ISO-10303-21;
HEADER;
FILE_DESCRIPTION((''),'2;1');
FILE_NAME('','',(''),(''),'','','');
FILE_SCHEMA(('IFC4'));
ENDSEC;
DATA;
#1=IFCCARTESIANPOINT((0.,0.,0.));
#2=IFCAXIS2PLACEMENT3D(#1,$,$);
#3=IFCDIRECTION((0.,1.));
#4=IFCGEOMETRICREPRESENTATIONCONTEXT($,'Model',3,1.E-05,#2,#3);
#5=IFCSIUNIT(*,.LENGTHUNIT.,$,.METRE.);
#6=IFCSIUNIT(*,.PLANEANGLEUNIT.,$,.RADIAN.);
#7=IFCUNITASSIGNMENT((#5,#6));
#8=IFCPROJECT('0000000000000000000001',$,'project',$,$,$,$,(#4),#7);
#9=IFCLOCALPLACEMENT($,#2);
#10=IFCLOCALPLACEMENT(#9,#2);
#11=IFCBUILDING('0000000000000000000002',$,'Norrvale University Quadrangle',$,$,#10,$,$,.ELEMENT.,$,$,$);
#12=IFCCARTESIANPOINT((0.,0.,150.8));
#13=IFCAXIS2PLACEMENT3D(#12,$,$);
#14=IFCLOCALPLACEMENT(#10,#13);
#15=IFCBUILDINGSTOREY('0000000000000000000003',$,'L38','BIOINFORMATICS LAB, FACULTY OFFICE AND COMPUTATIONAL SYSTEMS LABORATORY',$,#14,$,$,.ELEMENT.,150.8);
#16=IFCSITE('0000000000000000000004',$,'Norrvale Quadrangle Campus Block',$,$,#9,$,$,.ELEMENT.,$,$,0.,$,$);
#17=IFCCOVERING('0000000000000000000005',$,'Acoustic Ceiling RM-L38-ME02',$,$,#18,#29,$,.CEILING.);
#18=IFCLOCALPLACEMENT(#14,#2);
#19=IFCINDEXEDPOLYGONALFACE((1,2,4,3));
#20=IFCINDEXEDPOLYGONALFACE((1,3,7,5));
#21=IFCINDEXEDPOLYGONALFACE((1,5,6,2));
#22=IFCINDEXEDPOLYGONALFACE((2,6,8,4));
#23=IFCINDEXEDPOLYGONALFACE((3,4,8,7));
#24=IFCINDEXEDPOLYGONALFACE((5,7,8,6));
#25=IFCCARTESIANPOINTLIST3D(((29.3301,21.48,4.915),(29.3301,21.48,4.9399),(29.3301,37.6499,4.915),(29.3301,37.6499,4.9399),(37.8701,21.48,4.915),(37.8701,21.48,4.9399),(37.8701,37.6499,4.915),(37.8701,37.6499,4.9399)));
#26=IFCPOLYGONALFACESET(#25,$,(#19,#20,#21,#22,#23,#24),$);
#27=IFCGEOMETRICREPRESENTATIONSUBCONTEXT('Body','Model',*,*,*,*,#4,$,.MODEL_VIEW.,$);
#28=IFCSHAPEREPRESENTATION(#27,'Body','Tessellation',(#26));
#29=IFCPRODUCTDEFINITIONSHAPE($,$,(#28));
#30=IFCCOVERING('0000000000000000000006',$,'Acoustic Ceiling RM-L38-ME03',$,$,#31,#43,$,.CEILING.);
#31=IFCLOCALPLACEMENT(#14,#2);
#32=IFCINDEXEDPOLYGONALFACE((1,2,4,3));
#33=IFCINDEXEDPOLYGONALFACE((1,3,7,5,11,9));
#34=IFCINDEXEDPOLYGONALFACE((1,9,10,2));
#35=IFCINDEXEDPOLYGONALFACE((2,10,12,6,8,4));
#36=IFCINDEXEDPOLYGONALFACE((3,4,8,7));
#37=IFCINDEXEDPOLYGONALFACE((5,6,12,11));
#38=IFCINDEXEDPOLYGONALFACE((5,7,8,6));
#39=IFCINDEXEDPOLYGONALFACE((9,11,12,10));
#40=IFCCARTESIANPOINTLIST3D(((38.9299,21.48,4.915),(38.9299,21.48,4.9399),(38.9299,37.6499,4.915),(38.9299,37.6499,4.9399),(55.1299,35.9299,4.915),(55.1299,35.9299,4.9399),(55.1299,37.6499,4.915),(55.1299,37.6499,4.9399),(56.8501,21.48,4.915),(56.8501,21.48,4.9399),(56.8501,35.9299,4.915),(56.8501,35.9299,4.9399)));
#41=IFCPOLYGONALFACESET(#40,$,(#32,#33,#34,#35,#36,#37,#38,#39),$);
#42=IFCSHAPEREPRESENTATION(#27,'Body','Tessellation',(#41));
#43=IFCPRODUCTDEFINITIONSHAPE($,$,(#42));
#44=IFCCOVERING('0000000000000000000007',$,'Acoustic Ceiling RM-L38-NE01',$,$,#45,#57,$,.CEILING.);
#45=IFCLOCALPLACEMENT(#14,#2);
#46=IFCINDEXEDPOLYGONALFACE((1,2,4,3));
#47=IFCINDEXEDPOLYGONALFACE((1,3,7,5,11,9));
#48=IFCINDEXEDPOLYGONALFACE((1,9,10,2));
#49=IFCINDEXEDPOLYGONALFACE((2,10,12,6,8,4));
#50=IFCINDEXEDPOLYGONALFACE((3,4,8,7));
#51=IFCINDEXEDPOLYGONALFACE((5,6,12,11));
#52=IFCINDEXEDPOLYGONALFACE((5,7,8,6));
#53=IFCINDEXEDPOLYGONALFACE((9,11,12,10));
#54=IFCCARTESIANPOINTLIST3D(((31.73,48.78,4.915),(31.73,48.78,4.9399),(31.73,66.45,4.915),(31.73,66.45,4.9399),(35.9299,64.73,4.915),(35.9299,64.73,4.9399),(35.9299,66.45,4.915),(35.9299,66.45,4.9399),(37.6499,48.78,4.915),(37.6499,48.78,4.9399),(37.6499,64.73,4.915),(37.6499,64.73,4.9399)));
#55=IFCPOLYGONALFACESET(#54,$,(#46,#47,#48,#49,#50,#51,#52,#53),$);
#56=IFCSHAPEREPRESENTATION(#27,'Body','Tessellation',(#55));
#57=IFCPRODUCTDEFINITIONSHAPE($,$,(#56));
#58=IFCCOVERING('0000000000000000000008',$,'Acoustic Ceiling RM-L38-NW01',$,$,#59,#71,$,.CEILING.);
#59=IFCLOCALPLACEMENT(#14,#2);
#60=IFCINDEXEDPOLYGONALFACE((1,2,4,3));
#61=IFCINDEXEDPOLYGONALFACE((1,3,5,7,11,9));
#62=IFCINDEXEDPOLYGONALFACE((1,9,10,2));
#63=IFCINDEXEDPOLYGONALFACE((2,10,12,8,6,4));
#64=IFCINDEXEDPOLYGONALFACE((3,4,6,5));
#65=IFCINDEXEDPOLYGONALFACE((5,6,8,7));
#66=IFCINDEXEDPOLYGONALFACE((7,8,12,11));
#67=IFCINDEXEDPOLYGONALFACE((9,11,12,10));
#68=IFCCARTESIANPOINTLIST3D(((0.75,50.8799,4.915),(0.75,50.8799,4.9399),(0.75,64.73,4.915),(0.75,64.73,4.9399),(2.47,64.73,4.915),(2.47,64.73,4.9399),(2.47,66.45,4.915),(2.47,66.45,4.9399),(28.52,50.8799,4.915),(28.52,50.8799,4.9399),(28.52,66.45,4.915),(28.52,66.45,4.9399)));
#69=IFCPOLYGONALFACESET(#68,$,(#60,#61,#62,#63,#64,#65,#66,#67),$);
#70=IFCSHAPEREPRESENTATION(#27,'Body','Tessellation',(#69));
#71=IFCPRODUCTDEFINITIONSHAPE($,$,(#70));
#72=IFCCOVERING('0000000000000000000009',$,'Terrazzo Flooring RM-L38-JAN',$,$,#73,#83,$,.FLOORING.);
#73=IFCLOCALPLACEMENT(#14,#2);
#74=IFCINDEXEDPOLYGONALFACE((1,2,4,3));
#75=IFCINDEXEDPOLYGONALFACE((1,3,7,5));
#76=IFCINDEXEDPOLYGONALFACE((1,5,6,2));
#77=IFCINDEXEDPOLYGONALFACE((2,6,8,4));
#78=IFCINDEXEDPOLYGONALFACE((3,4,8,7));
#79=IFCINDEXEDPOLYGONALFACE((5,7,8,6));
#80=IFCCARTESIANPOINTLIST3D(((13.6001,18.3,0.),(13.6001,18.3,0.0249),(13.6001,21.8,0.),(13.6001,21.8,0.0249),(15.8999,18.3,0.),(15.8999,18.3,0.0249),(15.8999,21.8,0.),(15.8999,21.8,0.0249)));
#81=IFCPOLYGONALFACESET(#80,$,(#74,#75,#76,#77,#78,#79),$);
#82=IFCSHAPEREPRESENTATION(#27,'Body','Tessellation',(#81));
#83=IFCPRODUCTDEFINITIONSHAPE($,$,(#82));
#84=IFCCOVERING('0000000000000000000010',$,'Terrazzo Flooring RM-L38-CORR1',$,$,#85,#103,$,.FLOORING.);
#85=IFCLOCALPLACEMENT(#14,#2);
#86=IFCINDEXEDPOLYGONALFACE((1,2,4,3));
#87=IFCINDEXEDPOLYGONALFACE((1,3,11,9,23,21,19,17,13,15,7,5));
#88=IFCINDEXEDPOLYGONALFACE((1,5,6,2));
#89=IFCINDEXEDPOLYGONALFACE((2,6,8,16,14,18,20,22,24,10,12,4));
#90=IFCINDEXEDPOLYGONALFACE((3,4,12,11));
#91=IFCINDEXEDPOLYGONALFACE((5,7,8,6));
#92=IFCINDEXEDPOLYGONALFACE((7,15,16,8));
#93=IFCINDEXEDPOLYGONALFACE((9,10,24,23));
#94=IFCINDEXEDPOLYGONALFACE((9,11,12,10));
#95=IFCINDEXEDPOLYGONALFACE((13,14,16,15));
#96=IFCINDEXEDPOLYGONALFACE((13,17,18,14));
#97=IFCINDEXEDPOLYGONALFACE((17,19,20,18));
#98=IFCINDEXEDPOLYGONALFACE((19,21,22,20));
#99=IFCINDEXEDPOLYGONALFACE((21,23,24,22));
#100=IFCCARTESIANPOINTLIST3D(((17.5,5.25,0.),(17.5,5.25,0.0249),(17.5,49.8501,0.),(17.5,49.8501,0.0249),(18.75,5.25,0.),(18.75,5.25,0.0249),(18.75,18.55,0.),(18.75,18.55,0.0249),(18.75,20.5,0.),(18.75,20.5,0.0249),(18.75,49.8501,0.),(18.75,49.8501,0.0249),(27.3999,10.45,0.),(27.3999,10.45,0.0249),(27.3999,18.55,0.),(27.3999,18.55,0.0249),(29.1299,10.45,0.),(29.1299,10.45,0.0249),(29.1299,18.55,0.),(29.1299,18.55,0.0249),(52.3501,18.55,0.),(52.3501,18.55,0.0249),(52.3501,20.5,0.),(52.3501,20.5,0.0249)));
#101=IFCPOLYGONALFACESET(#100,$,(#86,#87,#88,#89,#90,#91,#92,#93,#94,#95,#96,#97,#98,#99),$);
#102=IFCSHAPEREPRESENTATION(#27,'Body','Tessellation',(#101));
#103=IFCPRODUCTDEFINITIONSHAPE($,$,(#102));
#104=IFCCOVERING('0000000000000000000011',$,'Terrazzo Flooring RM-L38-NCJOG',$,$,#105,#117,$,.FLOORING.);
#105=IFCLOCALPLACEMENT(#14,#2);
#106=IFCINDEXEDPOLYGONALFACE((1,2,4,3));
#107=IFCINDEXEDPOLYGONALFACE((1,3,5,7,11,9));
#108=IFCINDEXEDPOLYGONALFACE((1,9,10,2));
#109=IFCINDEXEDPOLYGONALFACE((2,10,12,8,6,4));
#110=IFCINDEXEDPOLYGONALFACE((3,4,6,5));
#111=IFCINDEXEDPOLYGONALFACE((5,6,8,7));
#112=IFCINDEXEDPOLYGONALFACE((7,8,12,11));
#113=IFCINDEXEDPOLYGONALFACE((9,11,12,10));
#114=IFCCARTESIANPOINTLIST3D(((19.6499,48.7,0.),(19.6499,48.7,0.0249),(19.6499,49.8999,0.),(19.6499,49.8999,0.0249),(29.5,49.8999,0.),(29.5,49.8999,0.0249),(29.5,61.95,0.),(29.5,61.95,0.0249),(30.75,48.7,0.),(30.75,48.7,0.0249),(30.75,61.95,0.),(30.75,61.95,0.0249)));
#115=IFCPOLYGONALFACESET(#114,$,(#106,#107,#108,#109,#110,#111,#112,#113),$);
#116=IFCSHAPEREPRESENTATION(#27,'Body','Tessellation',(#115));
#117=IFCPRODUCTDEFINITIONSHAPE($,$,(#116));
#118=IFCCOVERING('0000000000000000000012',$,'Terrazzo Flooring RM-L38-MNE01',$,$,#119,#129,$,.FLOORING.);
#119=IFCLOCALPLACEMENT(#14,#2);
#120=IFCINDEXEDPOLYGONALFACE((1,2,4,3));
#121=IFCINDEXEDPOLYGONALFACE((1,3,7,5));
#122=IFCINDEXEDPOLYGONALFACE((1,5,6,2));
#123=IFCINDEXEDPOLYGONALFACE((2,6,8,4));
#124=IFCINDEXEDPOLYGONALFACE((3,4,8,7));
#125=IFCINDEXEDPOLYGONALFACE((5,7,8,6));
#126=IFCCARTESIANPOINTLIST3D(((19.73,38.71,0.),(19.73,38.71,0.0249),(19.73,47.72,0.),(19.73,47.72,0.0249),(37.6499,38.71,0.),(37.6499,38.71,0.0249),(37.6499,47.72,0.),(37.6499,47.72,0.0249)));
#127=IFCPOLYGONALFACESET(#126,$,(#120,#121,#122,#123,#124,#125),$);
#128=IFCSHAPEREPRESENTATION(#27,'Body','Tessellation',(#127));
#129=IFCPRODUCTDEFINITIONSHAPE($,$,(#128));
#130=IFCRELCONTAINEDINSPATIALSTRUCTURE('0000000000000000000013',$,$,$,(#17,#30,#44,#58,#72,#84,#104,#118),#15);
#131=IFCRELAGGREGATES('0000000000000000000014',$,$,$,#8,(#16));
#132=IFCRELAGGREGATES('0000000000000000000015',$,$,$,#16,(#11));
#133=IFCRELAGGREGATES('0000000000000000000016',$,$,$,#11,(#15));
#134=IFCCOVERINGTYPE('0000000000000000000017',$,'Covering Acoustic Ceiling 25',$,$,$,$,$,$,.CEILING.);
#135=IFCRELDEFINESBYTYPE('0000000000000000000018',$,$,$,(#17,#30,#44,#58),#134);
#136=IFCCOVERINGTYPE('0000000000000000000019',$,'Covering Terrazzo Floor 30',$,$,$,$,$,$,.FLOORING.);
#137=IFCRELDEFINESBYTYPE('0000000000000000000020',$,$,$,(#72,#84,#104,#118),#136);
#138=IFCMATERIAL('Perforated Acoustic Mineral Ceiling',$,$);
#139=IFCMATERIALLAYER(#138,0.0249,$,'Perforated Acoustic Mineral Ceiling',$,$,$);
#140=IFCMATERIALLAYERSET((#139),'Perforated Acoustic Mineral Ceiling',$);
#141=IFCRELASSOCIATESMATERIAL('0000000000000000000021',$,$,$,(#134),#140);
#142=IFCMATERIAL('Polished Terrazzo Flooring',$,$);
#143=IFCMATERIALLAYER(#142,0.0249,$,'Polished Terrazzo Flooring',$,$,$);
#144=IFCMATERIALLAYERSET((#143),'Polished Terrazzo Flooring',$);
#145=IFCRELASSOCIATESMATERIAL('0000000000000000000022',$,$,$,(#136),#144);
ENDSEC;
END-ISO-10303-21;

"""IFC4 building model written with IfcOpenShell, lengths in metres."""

from ifc_helpers import new_model, si_unit, direction, frame, origin, place, context, subcontext, project, spatial, polyline, outline, extrude, material, layer, layer_set, type_object, element, save


model = new_model("IFC4")

# Units and contexts
model_context = context("Model", 3, precision=1e-05, world=origin(), true_north=direction((0.0, 1.0)))
body_context = subcontext(model_context, "Body", "Model", "MODEL_VIEW")
ifc_project = project(units=[si_unit("LENGTHUNIT", "METRE"), si_unit("PLANEANGLEUNIT", "RADIAN")], contexts=[model_context])

# Site, building, storey
site_placement = place(None, origin())
site = spatial("IfcSite", under=ifc_project, at=site_placement, Name="Norrvale Quadrangle Campus Block", CompositionType="ELEMENT", RefElevation=0.0)
building_placement = place(site_placement, origin())
building = spatial("IfcBuilding", under=site, at=building_placement, Name="Norrvale University Quadrangle", CompositionType="ELEMENT")
storey_placement = place(building_placement, frame((0.0, 0.0, 150.8)))
storey = spatial("IfcBuildingStorey", under=building, at=storey_placement, Name="L38", Description="BIOINFORMATICS LAB, FACULTY OFFICE AND COMPUTATIONAL SYSTEMS LABORATORY", CompositionType="ELEMENT", Elevation=150.8)

# Coverings
ifc_material_1 = material(Name="Perforated Acoustic Mineral Ceiling")
ifc_layer_1 = layer(ifc_material_1, 0.0249, Name="Perforated Acoustic Mineral Ceiling")
ifc_layer_set_1 = layer_set([ifc_layer_1], Name="Perforated Acoustic Mineral Ceiling")
covering_type_1 = type_object("IfcCoveringType", Name="Covering Acoustic Ceiling 25", PredefinedType="CEILING", material=ifc_layer_set_1)
covering_1_placement = place(storey_placement, frame((0.0, 0.0, 4.915)))
element("IfcCovering", 1, at=covering_1_placement, inside=storey, type_object=covering_type_1, Name="Acoustic Ceiling RM-L38-ME02", PredefinedType="CEILING", context=body_context, shape_type="SweptSolid", body=[
    extrude(outline(polyline([(29.3301, 37.6499), (37.8701, 37.6499), (37.8701, 21.48), (29.3301, 21.48), (29.3301, 37.6499)])), origin(), (0.0, 0.0, 1.0), 0.0249),
])
covering_2_placement = place(storey_placement, frame((0.0, 0.0, 4.915)))
element("IfcCovering", 2, at=covering_2_placement, inside=storey, type_object=covering_type_1, Name="Acoustic Ceiling RM-L38-ME03", PredefinedType="CEILING", context=body_context, shape_type="SweptSolid", body=[
    extrude(outline(polyline([(56.8501, 21.48), (38.9299, 21.48), (38.9299, 37.6499), (55.1299, 37.6499), (55.1299, 35.9299), (56.8501, 35.9299), (56.8501, 21.48)])), origin(), (0.0, 0.0, 1.0), 0.0249),
])
covering_3_placement = place(storey_placement, frame((0.0, 0.0, 4.915)))
element("IfcCovering", 3, at=covering_3_placement, inside=storey, type_object=covering_type_1, Name="Acoustic Ceiling RM-L38-NE01", PredefinedType="CEILING", context=body_context, shape_type="SweptSolid", body=[
    extrude(outline(polyline([(37.6499, 48.78), (31.73, 48.78), (31.73, 66.45), (35.9299, 66.45), (35.9299, 64.73), (37.6499, 64.73), (37.6499, 48.78)])), origin(), (0.0, 0.0, 1.0), 0.0249),
])
covering_4_placement = place(storey_placement, frame((0.0, 0.0, 4.915)))
element("IfcCovering", 4, at=covering_4_placement, inside=storey, type_object=covering_type_1, Name="Acoustic Ceiling RM-L38-NW01", PredefinedType="CEILING", context=body_context, shape_type="SweptSolid", body=[
    extrude(outline(polyline([(28.52, 66.45), (28.52, 50.8799), (0.75, 50.8799), (0.75, 64.73), (2.47, 64.73), (2.47, 66.45), (28.52, 66.45)])), origin(), (0.0, 0.0, 1.0), 0.0249),
])
ifc_material_2 = material(Name="Polished Terrazzo Flooring")
ifc_layer_2 = layer(ifc_material_2, 0.0249, Name="Polished Terrazzo Flooring")
ifc_layer_set_2 = layer_set([ifc_layer_2], Name="Polished Terrazzo Flooring")
covering_type_2 = type_object("IfcCoveringType", Name="Covering Terrazzo Floor 30", PredefinedType="FLOORING", material=ifc_layer_set_2)
covering_5_placement = place(storey_placement, origin())
element("IfcCovering", 5, at=covering_5_placement, inside=storey, type_object=covering_type_2, Name="Terrazzo Flooring RM-L38-JAN", PredefinedType="FLOORING", context=body_context, shape_type="SweptSolid", body=[
    extrude(outline(polyline([(13.6001, 18.3), (13.6001, 21.8), (15.8999, 21.8), (15.8999, 18.3), (13.6001, 18.3)])), origin(), (0.0, 0.0, 1.0), 0.0249),
])
covering_6_placement = place(storey_placement, origin())
element("IfcCovering", 6, at=covering_6_placement, inside=storey, type_object=covering_type_2, Name="Terrazzo Flooring RM-L38-CORR1", PredefinedType="FLOORING", context=body_context, shape_type="SweptSolid", body=[
    extrude(outline(polyline([(17.5, 5.25), (17.5, 49.8501), (18.75, 49.8501), (18.75, 20.5), (52.3501, 20.5), (52.3501, 18.55), (29.1299, 18.55), (29.1299, 10.45), (27.3999, 10.45), (27.3999, 18.55), (18.75, 18.55), (18.75, 5.25), (17.5, 5.25)])), origin(), (0.0, 0.0, 1.0), 0.0249),
])
covering_7_placement = place(storey_placement, origin())
element("IfcCovering", 7, at=covering_7_placement, inside=storey, type_object=covering_type_2, Name="Terrazzo Flooring RM-L38-NCJOG", PredefinedType="FLOORING", context=body_context, shape_type="SweptSolid", body=[
    extrude(outline(polyline([(19.6499, 48.7), (19.6499, 49.8999), (29.5, 49.8999), (29.5, 61.95), (30.75, 61.95), (30.75, 48.7), (19.6499, 48.7)])), origin(), (0.0, 0.0, 1.0), 0.0249),
])
covering_8_placement = place(storey_placement, origin())
element("IfcCovering", 8, at=covering_8_placement, inside=storey, type_object=covering_type_2, Name="Terrazzo Flooring RM-L38-MNE01", PredefinedType="FLOORING", context=body_context, shape_type="SweptSolid", body=[
    extrude(outline(polyline([(19.73, 47.72), (37.6499, 47.72), (37.6499, 38.71), (19.73, 38.71), (19.73, 47.72)])), origin(), (0.0, 0.0, 1.0), 0.0249),
])

save(model, "model.ifc")
